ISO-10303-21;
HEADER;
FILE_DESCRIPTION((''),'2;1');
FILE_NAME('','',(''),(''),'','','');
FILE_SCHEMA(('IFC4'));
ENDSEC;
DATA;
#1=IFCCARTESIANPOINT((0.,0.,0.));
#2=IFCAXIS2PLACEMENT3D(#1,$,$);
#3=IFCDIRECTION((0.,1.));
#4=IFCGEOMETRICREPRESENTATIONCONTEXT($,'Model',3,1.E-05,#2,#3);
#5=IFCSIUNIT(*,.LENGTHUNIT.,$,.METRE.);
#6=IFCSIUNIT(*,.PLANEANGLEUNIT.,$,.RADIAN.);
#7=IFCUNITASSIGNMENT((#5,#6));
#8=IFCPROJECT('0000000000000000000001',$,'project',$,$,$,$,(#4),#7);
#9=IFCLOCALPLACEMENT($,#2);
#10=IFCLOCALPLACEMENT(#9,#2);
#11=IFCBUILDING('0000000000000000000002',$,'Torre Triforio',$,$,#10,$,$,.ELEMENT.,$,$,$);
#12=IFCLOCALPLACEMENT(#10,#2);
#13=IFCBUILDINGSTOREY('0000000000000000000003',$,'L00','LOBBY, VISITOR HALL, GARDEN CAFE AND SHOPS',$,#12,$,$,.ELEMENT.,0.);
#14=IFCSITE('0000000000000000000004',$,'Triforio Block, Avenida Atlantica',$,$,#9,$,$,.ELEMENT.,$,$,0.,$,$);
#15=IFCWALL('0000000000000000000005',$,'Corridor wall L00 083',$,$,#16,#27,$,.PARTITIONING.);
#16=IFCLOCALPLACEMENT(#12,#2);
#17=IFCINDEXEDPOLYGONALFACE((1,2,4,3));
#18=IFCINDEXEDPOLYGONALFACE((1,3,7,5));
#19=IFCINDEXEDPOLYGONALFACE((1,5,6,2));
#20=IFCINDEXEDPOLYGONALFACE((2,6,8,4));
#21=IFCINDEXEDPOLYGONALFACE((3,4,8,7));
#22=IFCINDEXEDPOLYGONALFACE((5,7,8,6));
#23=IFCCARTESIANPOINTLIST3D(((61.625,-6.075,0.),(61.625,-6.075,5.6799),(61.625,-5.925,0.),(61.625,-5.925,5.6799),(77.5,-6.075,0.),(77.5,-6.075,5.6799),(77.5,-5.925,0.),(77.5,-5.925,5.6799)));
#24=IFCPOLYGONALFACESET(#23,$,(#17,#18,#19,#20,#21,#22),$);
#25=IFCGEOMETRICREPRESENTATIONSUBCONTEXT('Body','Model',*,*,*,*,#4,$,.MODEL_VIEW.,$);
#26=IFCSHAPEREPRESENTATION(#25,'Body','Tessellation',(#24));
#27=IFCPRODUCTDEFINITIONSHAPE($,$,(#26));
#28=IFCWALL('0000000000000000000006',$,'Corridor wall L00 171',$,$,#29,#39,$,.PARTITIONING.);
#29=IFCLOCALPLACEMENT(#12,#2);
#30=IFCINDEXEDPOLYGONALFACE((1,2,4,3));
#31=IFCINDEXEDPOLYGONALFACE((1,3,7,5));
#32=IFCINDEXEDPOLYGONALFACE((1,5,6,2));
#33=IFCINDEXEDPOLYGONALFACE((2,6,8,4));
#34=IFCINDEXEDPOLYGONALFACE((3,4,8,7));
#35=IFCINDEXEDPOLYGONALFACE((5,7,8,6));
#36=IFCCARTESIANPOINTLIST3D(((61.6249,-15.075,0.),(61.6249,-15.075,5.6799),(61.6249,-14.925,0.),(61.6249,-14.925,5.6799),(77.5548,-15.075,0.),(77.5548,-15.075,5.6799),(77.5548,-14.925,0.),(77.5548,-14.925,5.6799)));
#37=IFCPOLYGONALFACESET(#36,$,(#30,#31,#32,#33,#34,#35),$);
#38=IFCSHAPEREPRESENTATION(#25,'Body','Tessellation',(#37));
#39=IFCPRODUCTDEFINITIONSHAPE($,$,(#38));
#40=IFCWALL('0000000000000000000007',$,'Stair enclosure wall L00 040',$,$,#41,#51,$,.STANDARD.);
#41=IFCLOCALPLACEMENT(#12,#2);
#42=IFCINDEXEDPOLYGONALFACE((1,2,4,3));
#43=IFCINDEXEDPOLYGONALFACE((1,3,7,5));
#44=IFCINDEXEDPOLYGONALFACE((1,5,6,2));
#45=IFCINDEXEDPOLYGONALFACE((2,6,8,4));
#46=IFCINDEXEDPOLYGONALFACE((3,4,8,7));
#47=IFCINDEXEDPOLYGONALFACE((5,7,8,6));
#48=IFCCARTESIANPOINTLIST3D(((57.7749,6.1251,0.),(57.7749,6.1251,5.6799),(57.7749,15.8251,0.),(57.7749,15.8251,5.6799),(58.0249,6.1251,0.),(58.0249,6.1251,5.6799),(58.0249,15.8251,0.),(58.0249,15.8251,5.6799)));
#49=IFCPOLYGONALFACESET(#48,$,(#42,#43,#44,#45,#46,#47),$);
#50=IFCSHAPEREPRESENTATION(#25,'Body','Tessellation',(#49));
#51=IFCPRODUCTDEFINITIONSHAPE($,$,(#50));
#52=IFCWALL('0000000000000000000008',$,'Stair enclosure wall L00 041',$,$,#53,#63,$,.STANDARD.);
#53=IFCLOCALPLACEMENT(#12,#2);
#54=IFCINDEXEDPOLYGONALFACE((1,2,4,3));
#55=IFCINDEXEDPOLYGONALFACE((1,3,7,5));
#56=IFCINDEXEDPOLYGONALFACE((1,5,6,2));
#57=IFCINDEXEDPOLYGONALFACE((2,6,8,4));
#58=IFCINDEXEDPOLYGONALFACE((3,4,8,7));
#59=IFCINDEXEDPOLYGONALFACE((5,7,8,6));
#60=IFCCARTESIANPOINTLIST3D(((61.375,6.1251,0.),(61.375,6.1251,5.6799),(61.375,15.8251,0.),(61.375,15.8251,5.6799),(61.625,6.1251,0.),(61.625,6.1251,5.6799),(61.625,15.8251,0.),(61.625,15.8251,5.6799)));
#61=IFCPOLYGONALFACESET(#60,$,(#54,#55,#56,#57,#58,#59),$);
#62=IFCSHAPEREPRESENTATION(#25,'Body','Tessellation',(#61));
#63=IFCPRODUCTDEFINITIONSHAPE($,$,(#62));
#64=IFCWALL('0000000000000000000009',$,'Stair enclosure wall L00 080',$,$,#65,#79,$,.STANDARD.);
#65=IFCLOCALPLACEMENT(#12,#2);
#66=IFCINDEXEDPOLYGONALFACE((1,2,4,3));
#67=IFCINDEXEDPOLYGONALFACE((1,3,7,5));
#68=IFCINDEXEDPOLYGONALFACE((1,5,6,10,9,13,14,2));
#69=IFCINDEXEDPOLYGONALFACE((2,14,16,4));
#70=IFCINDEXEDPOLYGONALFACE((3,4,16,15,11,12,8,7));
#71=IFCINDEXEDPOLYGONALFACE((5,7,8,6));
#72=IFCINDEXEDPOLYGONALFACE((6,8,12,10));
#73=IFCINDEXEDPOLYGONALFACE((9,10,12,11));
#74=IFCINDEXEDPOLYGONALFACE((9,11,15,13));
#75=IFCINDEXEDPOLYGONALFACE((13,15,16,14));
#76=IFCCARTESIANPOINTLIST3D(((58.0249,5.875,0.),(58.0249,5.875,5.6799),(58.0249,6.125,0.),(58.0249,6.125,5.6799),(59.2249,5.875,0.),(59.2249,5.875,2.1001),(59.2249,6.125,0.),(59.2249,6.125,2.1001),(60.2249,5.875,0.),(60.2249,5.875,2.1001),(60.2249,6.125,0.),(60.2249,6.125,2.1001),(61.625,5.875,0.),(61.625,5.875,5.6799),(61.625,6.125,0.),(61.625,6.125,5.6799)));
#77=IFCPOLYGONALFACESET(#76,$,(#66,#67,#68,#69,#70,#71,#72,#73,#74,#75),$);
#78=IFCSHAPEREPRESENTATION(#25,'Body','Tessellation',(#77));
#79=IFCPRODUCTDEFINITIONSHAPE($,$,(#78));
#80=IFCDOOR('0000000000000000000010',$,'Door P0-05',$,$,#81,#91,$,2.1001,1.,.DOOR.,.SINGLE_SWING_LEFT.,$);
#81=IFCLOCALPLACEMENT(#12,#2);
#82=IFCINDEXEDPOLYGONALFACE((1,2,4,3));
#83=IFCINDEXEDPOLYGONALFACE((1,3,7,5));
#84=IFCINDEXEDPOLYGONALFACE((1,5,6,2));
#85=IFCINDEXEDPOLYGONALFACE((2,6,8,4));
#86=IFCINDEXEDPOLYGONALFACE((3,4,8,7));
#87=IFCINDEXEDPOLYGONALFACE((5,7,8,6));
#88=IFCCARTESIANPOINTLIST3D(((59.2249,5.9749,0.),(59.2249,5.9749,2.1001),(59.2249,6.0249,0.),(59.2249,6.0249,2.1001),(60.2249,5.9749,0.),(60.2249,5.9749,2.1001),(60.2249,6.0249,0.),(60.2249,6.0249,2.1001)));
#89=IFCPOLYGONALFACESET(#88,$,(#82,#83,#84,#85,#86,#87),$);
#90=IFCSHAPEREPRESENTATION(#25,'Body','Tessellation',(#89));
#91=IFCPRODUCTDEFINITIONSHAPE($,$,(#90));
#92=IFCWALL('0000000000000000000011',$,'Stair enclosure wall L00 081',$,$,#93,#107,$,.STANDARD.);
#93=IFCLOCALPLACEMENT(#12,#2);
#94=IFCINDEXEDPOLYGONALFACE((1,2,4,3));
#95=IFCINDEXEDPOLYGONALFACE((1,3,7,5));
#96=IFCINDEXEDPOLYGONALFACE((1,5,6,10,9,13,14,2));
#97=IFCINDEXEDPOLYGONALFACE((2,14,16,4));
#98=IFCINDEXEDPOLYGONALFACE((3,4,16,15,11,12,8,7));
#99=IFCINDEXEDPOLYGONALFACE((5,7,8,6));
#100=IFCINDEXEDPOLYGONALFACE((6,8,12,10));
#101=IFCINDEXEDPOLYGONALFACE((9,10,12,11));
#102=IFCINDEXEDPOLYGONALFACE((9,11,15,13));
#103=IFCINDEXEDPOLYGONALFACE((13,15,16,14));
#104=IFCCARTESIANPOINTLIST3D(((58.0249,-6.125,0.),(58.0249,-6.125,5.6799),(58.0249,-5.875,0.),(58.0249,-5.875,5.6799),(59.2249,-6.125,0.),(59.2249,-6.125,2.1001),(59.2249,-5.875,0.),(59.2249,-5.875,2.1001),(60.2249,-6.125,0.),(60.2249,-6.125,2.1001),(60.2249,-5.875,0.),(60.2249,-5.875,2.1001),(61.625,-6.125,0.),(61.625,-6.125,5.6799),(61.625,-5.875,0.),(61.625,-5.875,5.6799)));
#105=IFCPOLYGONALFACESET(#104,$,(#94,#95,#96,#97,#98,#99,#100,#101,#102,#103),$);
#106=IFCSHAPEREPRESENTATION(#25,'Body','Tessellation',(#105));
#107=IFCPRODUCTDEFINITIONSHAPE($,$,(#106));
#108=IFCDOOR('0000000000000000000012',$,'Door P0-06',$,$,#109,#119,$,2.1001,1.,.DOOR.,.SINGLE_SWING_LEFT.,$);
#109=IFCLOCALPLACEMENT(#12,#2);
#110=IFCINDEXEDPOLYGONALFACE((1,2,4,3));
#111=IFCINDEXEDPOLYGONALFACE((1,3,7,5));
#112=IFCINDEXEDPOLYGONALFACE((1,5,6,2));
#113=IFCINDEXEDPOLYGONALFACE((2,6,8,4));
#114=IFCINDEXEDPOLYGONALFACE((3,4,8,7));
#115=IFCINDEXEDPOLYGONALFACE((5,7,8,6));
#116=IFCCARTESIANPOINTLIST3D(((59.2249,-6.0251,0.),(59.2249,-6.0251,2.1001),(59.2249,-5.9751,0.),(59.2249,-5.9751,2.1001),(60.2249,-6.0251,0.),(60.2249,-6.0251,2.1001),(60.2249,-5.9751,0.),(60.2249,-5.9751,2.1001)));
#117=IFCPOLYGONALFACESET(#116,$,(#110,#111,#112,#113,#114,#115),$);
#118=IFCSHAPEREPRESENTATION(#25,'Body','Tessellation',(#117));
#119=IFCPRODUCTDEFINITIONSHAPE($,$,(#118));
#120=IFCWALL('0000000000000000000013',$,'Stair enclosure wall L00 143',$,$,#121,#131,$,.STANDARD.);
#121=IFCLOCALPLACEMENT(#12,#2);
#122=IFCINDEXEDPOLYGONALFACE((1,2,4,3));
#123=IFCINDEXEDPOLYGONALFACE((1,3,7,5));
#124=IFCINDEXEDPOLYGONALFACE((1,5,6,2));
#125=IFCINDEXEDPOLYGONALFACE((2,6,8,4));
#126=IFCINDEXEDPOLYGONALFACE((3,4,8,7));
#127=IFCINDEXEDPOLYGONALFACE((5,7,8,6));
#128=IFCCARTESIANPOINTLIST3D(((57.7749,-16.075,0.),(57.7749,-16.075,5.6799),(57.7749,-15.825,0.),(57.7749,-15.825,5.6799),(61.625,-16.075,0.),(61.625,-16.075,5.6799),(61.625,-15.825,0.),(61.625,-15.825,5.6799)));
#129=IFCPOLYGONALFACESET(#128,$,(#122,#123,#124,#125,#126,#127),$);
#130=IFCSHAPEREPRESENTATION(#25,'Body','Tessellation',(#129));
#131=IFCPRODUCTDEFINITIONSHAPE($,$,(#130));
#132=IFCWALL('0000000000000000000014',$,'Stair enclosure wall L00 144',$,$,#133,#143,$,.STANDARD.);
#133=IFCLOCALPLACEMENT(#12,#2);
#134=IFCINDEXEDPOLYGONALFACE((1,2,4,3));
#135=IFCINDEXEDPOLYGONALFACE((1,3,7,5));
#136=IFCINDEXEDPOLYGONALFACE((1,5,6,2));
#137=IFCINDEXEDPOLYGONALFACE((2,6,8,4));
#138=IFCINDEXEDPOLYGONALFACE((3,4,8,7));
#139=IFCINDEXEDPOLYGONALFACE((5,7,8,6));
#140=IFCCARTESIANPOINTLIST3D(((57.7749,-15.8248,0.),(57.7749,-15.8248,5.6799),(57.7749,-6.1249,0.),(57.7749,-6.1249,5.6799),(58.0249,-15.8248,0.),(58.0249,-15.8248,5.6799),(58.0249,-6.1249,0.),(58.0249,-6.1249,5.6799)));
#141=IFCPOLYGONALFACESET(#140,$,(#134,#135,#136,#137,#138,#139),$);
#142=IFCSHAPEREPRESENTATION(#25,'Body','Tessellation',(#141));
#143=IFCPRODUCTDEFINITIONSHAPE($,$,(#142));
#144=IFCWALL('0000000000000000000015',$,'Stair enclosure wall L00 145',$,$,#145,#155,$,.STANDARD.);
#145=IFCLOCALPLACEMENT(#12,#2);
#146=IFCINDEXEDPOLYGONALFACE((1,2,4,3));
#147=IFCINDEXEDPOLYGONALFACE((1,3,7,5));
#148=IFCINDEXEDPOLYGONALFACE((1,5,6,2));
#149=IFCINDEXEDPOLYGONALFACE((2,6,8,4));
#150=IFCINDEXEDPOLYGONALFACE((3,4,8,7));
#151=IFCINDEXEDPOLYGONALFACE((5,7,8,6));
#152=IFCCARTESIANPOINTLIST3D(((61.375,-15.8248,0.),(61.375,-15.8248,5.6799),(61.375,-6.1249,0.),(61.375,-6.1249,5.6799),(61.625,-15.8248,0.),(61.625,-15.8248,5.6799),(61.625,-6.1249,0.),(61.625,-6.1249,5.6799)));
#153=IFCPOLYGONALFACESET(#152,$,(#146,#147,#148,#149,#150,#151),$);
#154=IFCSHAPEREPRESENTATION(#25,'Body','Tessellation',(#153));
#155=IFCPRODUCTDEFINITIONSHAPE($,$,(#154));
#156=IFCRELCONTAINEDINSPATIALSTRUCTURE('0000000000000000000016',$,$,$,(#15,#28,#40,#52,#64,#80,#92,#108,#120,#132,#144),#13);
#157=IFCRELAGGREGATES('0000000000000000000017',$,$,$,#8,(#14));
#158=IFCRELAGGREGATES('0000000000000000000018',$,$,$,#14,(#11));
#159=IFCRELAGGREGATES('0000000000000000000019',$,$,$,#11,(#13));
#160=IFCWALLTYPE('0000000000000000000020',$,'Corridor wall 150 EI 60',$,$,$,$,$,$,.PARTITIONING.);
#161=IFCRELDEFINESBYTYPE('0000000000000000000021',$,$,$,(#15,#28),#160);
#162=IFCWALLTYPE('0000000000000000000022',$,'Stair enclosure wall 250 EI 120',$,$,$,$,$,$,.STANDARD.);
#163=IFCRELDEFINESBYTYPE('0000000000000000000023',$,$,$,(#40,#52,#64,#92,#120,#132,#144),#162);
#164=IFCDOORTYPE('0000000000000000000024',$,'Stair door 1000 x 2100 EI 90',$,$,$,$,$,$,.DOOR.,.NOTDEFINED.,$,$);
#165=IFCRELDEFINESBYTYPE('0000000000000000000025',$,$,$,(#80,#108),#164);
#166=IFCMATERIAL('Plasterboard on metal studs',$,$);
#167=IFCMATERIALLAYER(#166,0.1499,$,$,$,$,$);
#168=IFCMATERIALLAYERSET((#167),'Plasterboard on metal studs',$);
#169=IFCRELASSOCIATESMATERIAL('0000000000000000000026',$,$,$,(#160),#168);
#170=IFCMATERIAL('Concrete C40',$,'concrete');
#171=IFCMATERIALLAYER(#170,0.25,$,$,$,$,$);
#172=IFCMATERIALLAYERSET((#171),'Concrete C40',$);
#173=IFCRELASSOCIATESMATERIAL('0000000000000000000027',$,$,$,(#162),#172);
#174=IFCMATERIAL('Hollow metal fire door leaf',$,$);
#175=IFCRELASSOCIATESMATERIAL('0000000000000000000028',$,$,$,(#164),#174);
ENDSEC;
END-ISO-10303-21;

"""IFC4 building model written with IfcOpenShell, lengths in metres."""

from ifc_helpers import new_model, si_unit, direction, frame, frame_2d, origin, place, context, subcontext, project, spatial, rectangle, extrude, material, layer, layer_set, type_object, element, fill, save


model = new_model("IFC4")

# Units and contexts
model_context = context("Model", 3, precision=1e-05, world=origin(), true_north=direction((0.0, 1.0)))
body_context = subcontext(model_context, "Body", "Model", "MODEL_VIEW")
ifc_project = project(units=[si_unit("LENGTHUNIT", "METRE"), si_unit("PLANEANGLEUNIT", "RADIAN")], contexts=[model_context])

# Site, building, storey
site_placement = place(None, origin())
site = spatial("IfcSite", under=ifc_project, at=site_placement, Name="Triforio Block, Avenida Atlantica", CompositionType="ELEMENT", RefElevation=0.0)
building_placement = place(site_placement, origin())
building = spatial("IfcBuilding", under=site, at=building_placement, Name="Torre Triforio", CompositionType="ELEMENT")
storey_placement = place(building_placement, origin())
storey = spatial("IfcBuildingStorey", under=building, at=storey_placement, Name="L00", Description="LOBBY, VISITOR HALL, GARDEN CAFE AND SHOPS", CompositionType="ELEMENT", Elevation=0.0)

# Shared definitions
ifc_material_1 = material(Name="Plasterboard on metal studs")
ifc_layer_1 = layer(ifc_material_1, 0.1499)
ifc_layer_set_1 = layer_set([ifc_layer_1], Name="Plasterboard on metal studs")
wall_type_1 = type_object("IfcWallType", Name="Corridor wall 150 EI 60", PredefinedType="PARTITIONING", material=ifc_layer_set_1)

# Walls
wall_1_placement = place(storey_placement, frame((61.625, -6.0, 0.0), z_axis=(0.0, 0.0, 1.0), x_axis=(1.0, 0.0, 0.0)))
element("IfcWall", 1, at=wall_1_placement, inside=storey, type_object=wall_type_1, Name="Corridor wall L00 083", PredefinedType="PARTITIONING", context=body_context, shape_type="SweptSolid", body=[
    extrude(rectangle(XDim=15.875, YDim=0.1499, at=frame_2d((7.9375, 0.0))), origin(), (0.0, 0.0, 1.0), 5.6799),
])
wall_2_placement = place(storey_placement, frame((61.625, -15.0, 0.0), z_axis=(0.0, 0.0, 1.0), x_axis=(1.0, 0.0, 0.0)))
element("IfcWall", 2, at=wall_2_placement, inside=storey, type_object=wall_type_1, Name="Corridor wall L00 171", PredefinedType="PARTITIONING", context=body_context, shape_type="SweptSolid", body=[
    extrude(rectangle(XDim=15.9299, YDim=0.1499, at=frame_2d((7.9648, 0.0))), origin(), (0.0, 0.0, 1.0), 5.6799),
])
ifc_material_2 = material(Name="Concrete C40", Category="concrete")
ifc_layer_2 = layer(ifc_material_2, 0.25)
ifc_layer_set_2 = layer_set([ifc_layer_2], Name="Concrete C40")
wall_type_2 = type_object("IfcWallType", Name="Stair enclosure wall 250 EI 120", PredefinedType="STANDARD", material=ifc_layer_set_2)
for number, where, z_axis, x_axis, name in (
    (3, (57.8999, 6.125, 0.0), (0.0, 0.0, 1.0), (0.0, 1.0, 0.0), "Stair enclosure wall L00 040"),
    (4, (61.5, 6.125, 0.0), (0.0, 0.0, 1.0), (0.0, 1.0, 0.0), "Stair enclosure wall L00 041"),
):
    element("IfcWall", number, at=place(storey_placement, frame(where, z_axis=z_axis, x_axis=x_axis)), inside=storey, type_object=wall_type_2, Name=name, PredefinedType="STANDARD", context=body_context, shape_type="SweptSolid", body=[
        extrude(rectangle(XDim=9.7, YDim=0.25, at=frame_2d((4.8501, 0.0))), origin(), (0.0, 0.0, 1.0), 5.6799),
    ])

# Walls, openings, doors
wall_3_placement = place(storey_placement, frame((58.0249, 6.0, 0.0), z_axis=(0.0, 0.0, 1.0), x_axis=(1.0, 0.0, 0.0)))
wall_3 = element("IfcWall", 5, at=wall_3_placement, inside=storey, type_object=wall_type_2, Name="Stair enclosure wall L00 080", PredefinedType="STANDARD", context=body_context, shape_type="SweptSolid", body=[
    extrude(rectangle(XDim=3.6001, YDim=0.25, at=frame_2d((1.8, 0.0))), origin(), (0.0, 0.0, 1.0), 5.6799),
])
opening_1_placement = place(wall_3_placement, frame((1.2, 0.0, 0.0)))
opening_1 = element("IfcOpeningElement", 6, at=opening_1_placement, cuts=wall_3, PredefinedType="OPENING", context=body_context, shape_type="SweptSolid", body=[
    extrude(rectangle(XDim=1.0, YDim=2.1001, at=frame_2d((0.5, 1.05))), frame((0.0, 0.135, 0.0), z_axis=(0.0, -1.0, 0.0), x_axis=(1.0, 0.0, 0.0)), (0.0, 0.0, 1.0), 0.27),
])
ifc_material_3 = material(Name="Hollow metal fire door leaf")
door_type_1 = type_object("IfcDoorType", Name="Stair door 1000 x 2100 EI 90", OperationType="NOTDEFINED", PredefinedType="DOOR", material=ifc_material_3)
door_1_placement = place(opening_1_placement, origin())
door_1 = element("IfcDoor", 7, at=door_1_placement, inside=storey, type_object=door_type_1, Name="Door P0-05", OperationType="SINGLE_SWING_LEFT", OverallHeight=2.1001, OverallWidth=1.0, PredefinedType="DOOR", context=body_context, shape_type="SweptSolid", body=[
    extrude(rectangle(XDim=1.0, YDim=2.1001, at=frame_2d((0.5, 1.05))), frame((0.0, 0.0249, 0.0), z_axis=(0.0, -1.0, 0.0), x_axis=(1.0, 0.0, 0.0)), (0.0, 0.0, 1.0), 0.05),
])
fill(opening_1, door_1)
wall_4_placement = place(storey_placement, frame((58.0249, -6.0, 0.0), z_axis=(0.0, 0.0, 1.0), x_axis=(1.0, 0.0, 0.0)))
wall_4 = element("IfcWall", 8, at=wall_4_placement, inside=storey, type_object=wall_type_2, Name="Stair enclosure wall L00 081", PredefinedType="STANDARD", context=body_context, shape_type="SweptSolid", body=[
    extrude(rectangle(XDim=3.6001, YDim=0.25, at=frame_2d((1.8, 0.0))), origin(), (0.0, 0.0, 1.0), 5.6799),
])
opening_2_placement = place(wall_4_placement, frame((1.2, 0.0, 0.0)))
opening_2 = element("IfcOpeningElement", 9, at=opening_2_placement, cuts=wall_4, PredefinedType="OPENING", context=body_context, shape_type="SweptSolid", body=[
    extrude(rectangle(XDim=1.0, YDim=2.1001, at=frame_2d((0.5, 1.05))), frame((0.0, 0.135, 0.0), z_axis=(0.0, -1.0, 0.0), x_axis=(1.0, 0.0, 0.0)), (0.0, 0.0, 1.0), 0.27),
])
door_2_placement = place(opening_2_placement, origin())
door_2 = element("IfcDoor", 10, at=door_2_placement, inside=storey, type_object=door_type_1, Name="Door P0-06", OperationType="SINGLE_SWING_LEFT", OverallHeight=2.1001, OverallWidth=1.0, PredefinedType="DOOR", context=body_context, shape_type="SweptSolid", body=[
    extrude(rectangle(XDim=1.0, YDim=2.1001, at=frame_2d((0.5, 1.05))), frame((0.0, 0.0249, 0.0), z_axis=(0.0, -1.0, 0.0), x_axis=(1.0, 0.0, 0.0)), (0.0, 0.0, 1.0), 0.05),
])
fill(opening_2, door_2)

# Walls
wall_5_placement = place(storey_placement, frame((57.7749, -15.95, 0.0), z_axis=(0.0, 0.0, 1.0), x_axis=(1.0, 0.0, 0.0)))
element("IfcWall", 11, at=wall_5_placement, inside=storey, type_object=wall_type_2, Name="Stair enclosure wall L00 143", PredefinedType="STANDARD", context=body_context, shape_type="SweptSolid", body=[
    extrude(rectangle(XDim=3.8501, YDim=0.25, at=frame_2d((1.925, 0.0))), origin(), (0.0, 0.0, 1.0), 5.6799),
])
for number, where, z_axis, x_axis, name in (
    (12, (57.8999, -15.825, 0.0), (0.0, 0.0, 1.0), (0.0, 1.0, 0.0), "Stair enclosure wall L00 144"),
    (13, (61.5, -15.825, 0.0), (0.0, 0.0, 1.0), (0.0, 1.0, 0.0), "Stair enclosure wall L00 145"),
):
    element("IfcWall", number, at=place(storey_placement, frame(where, z_axis=z_axis, x_axis=x_axis)), inside=storey, type_object=wall_type_2, Name=name, PredefinedType="STANDARD", context=body_context, shape_type="SweptSolid", body=[
        extrude(rectangle(XDim=9.7, YDim=0.25, at=frame_2d((4.8501, 0.0))), origin(), (0.0, 0.0, 1.0), 5.6799),
    ])

save(model, "model.ifc")
